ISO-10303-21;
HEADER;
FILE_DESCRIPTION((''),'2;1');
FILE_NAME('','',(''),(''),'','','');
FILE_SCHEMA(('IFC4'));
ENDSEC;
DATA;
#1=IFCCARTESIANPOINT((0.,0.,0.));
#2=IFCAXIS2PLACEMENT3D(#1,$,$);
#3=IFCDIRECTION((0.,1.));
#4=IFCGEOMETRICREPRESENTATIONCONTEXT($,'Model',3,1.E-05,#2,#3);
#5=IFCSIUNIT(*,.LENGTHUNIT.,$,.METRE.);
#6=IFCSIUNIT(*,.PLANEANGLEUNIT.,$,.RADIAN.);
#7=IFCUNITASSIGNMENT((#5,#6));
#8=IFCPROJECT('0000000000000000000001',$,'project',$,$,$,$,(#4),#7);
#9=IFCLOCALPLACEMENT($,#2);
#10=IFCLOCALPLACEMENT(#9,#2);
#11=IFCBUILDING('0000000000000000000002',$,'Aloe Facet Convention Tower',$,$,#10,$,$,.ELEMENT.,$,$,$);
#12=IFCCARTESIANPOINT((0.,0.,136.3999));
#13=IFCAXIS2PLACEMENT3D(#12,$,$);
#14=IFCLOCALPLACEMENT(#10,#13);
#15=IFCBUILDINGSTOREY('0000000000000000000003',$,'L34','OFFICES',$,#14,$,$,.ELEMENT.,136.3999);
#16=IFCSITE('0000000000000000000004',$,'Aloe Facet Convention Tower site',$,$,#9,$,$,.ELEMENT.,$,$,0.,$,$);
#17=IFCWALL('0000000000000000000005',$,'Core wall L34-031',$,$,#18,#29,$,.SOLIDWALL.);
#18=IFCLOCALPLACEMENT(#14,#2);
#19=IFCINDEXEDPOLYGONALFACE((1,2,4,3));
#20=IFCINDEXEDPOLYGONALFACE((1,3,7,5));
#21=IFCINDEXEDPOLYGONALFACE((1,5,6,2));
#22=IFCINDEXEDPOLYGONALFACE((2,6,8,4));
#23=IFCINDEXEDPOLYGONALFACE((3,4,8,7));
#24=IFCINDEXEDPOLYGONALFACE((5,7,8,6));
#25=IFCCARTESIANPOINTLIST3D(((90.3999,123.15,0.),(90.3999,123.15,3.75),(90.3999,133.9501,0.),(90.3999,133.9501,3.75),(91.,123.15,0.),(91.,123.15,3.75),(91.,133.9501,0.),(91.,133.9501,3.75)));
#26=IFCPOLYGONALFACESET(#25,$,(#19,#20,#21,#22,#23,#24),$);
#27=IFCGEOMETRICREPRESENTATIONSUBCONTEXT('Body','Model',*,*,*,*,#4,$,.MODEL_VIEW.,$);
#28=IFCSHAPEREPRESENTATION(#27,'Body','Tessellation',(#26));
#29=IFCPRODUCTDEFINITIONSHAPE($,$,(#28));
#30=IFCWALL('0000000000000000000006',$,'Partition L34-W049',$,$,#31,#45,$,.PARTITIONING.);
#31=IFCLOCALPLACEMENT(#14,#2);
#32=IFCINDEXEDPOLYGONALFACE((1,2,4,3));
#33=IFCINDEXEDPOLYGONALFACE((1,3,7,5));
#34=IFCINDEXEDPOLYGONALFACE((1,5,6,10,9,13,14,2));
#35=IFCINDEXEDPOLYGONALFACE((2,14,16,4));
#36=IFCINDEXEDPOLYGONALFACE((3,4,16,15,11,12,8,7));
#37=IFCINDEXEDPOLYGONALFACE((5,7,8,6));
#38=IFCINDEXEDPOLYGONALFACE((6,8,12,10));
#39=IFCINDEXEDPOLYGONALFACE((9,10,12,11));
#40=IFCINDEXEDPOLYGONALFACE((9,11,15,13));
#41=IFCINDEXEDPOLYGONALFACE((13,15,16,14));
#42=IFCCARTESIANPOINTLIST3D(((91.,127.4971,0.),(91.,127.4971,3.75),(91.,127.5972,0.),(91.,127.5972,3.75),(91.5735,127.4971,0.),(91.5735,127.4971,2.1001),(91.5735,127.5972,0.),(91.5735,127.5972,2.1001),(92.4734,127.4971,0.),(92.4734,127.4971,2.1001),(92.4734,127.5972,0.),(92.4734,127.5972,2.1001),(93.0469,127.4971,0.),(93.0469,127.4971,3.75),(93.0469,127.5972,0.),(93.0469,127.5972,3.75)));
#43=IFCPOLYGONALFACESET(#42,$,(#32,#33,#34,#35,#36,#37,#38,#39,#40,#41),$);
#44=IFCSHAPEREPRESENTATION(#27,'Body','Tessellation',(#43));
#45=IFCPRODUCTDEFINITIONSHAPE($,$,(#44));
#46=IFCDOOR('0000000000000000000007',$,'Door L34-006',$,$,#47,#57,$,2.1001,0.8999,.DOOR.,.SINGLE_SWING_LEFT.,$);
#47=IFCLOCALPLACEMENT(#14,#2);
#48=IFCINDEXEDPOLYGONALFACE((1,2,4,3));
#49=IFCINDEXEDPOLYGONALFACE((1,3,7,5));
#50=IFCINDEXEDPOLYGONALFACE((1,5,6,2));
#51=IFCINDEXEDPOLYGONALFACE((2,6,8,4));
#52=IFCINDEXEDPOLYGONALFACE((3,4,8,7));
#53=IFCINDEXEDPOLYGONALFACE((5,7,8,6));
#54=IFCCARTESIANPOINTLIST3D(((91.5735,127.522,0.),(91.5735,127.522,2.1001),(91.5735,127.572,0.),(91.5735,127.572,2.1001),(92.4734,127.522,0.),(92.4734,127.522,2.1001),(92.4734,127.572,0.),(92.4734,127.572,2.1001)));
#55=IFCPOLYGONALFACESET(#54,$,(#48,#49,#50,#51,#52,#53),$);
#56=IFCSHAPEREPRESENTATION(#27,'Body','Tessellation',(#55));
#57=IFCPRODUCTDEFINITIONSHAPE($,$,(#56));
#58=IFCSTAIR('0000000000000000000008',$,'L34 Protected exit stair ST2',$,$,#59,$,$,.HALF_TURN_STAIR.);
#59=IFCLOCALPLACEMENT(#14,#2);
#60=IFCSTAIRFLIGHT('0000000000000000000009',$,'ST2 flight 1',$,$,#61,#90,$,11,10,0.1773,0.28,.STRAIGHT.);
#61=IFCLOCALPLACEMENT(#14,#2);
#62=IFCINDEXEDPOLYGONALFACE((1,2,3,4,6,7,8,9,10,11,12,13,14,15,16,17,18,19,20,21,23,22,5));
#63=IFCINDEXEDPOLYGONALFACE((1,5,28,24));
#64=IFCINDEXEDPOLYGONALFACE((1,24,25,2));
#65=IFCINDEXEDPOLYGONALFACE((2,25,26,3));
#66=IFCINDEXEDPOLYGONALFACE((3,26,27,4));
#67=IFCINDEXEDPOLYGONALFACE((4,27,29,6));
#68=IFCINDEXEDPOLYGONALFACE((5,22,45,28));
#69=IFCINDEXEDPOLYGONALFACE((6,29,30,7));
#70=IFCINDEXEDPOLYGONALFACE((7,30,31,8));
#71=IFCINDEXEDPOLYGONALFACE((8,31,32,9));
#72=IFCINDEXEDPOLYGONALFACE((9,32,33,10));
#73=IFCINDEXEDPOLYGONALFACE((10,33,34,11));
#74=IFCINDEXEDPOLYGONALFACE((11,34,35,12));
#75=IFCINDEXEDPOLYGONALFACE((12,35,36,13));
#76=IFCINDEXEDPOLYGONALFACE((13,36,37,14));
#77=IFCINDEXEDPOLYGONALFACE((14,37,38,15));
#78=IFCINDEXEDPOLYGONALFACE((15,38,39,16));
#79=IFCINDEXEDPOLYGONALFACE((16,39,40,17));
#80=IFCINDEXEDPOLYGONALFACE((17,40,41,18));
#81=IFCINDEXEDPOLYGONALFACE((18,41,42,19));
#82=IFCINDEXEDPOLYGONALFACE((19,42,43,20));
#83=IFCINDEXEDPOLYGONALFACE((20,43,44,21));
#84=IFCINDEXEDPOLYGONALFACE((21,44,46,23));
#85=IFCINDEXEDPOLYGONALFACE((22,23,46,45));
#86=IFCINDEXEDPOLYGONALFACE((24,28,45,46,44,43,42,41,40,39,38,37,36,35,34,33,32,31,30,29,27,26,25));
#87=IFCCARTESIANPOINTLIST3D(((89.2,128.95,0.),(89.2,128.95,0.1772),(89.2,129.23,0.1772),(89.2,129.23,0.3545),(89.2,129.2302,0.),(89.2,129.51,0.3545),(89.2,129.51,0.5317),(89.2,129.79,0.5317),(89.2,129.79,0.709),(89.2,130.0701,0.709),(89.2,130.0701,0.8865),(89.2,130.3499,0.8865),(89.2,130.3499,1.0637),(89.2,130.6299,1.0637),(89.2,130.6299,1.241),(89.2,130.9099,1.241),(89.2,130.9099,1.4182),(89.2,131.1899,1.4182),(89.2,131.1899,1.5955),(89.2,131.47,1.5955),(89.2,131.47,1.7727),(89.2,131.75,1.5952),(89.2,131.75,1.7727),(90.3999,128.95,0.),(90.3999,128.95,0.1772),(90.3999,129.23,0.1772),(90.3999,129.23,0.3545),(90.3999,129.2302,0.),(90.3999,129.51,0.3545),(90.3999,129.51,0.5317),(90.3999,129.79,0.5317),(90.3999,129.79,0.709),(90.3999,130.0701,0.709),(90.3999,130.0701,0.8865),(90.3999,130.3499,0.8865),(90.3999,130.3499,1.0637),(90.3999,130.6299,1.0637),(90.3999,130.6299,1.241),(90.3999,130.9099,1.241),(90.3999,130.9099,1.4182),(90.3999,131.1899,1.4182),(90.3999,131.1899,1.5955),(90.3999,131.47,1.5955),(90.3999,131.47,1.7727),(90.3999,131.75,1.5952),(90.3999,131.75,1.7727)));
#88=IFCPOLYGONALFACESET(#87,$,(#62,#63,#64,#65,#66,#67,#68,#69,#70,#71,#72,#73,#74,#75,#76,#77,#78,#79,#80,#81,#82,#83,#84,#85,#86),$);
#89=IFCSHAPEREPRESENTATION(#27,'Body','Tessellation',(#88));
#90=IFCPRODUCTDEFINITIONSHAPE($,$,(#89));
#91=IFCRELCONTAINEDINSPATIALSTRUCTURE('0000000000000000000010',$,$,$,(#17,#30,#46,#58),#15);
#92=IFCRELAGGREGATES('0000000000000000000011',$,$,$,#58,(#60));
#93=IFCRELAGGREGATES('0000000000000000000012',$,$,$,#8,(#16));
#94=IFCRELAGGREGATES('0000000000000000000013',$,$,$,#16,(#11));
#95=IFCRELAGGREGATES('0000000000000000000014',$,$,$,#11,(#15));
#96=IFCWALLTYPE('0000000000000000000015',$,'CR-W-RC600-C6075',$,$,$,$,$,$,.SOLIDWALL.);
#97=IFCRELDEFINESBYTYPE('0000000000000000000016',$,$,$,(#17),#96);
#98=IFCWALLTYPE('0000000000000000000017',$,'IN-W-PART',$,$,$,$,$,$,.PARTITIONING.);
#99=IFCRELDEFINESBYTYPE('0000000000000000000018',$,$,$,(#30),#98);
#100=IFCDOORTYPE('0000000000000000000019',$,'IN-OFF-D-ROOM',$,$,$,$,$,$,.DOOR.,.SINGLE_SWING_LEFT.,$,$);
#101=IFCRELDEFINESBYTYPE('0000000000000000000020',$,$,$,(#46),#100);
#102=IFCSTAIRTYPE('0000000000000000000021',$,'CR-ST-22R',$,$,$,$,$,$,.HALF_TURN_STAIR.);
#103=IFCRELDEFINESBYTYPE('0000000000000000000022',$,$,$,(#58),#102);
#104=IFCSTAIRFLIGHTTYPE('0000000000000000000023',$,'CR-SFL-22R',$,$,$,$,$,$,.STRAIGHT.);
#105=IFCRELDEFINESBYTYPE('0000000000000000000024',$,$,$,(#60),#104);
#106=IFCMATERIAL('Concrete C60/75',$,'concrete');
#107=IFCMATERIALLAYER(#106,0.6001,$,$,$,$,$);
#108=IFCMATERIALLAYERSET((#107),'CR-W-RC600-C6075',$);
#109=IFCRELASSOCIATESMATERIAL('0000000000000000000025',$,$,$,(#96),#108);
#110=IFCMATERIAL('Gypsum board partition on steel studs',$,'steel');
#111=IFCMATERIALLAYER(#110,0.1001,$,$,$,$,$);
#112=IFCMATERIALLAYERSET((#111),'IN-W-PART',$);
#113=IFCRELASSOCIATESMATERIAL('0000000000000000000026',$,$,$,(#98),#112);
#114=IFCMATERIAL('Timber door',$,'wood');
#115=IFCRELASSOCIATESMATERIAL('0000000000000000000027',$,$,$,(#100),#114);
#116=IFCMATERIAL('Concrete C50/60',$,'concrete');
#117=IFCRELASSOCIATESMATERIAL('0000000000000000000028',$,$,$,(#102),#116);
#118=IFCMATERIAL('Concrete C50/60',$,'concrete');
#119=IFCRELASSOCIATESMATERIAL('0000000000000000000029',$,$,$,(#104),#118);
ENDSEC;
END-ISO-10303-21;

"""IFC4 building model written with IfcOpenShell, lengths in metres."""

from ifc_helpers import new_model, si_unit, direction, frame, frame_2d, origin, place, context, subcontext, project, spatial, polyline, rectangle, outline, extrude, material, layer, layer_set, type_object, element, fill, aggregate, save


model = new_model("IFC4")

# Units and contexts
model_context = context("Model", 3, precision=1e-05, world=origin(), true_north=direction((0.0, 1.0)))
body_context = subcontext(model_context, "Body", "Model", "MODEL_VIEW")
ifc_project = project(units=[si_unit("LENGTHUNIT", "METRE"), si_unit("PLANEANGLEUNIT", "RADIAN")], contexts=[model_context])

# Site, building, storey
site_placement = place(None, origin())
site = spatial("IfcSite", under=ifc_project, at=site_placement, Name="Aloe Facet Convention Tower site", CompositionType="ELEMENT", RefElevation=0.0)
building_placement = place(site_placement, origin())
building = spatial("IfcBuilding", under=site, at=building_placement, Name="Aloe Facet Convention Tower", CompositionType="ELEMENT")
storey_placement = place(building_placement, frame((0.0, 0.0, 136.3999)))
storey = spatial("IfcBuildingStorey", under=building, at=storey_placement, Name="L34", Description="OFFICES", CompositionType="ELEMENT", Elevation=136.3999)

# Wall
ifc_material_1 = material(Name="Concrete C60/75", Category="concrete")
ifc_layer_1 = layer(ifc_material_1, 0.6001)
ifc_layer_set_1 = layer_set([ifc_layer_1], Name="CR-W-RC600-C6075")
wall_type_1 = type_object("IfcWallType", Name="CR-W-RC600-C6075", PredefinedType="SOLIDWALL", material=ifc_layer_set_1)
wall_1_placement = place(storey_placement, frame((90.7, 133.95, 0.0), z_axis=(0.0, 0.0, 1.0), x_axis=(0.0, -1.0, 0.0)))
element("IfcWall", 1, at=wall_1_placement, inside=storey, type_object=wall_type_1, Name="Core wall L34-031", PredefinedType="SOLIDWALL", context=body_context, shape_type="SweptSolid", body=[
    extrude(rectangle(XDim=10.8, YDim=0.6001, at=frame_2d((5.3999, 0.0))), origin(), (0.0, 0.0, 1.0), 3.75),
])

# Wall, opening, door
ifc_material_2 = material(Name="Gypsum board partition on steel studs", Category="steel")
ifc_layer_2 = layer(ifc_material_2, 0.1001)
ifc_layer_set_2 = layer_set([ifc_layer_2], Name="IN-W-PART")
wall_type_2 = type_object("IfcWallType", Name="IN-W-PART", PredefinedType="PARTITIONING", material=ifc_layer_set_2)
wall_2_placement = place(storey_placement, frame((91.0, 127.5471, 0.0), z_axis=(0.0, 0.0, 1.0), x_axis=(1.0, 0.0, 0.0)))
wall_2 = element("IfcWall", 2, at=wall_2_placement, inside=storey, type_object=wall_type_2, Name="Partition L34-W049", PredefinedType="PARTITIONING", context=body_context, shape_type="SweptSolid", body=[
    extrude(rectangle(XDim=2.0469, YDim=0.1001, at=frame_2d((1.0234, 0.0))), origin(), (0.0, 0.0, 1.0), 3.75),
])
opening_placement = place(wall_2_placement, frame((0.5735, 0.0, 0.0)))
opening = element("IfcOpeningElement", 3, at=opening_placement, cuts=wall_2, PredefinedType="OPENING", context=body_context, shape_type="SweptSolid", body=[
    extrude(rectangle(XDim=0.8999, YDim=2.1001, at=frame_2d((0.45, 1.05))), frame((0.0, 0.0601, 0.0), z_axis=(0.0, -1.0, 0.0), x_axis=(1.0, 0.0, 0.0)), (0.0, 0.0, 1.0), 0.1201),
])
ifc_material_3 = material(Name="Timber door", Category="wood")
door_type = type_object("IfcDoorType", Name="IN-OFF-D-ROOM", OperationType="SINGLE_SWING_LEFT", PredefinedType="DOOR", material=ifc_material_3)
door_placement = place(opening_placement, origin())
door = element("IfcDoor", 4, at=door_placement, inside=storey, type_object=door_type, Name="Door L34-006", OperationType="SINGLE_SWING_LEFT", OverallHeight=2.1001, OverallWidth=0.8999, PredefinedType="DOOR", context=body_context, shape_type="SweptSolid", body=[
    extrude(rectangle(XDim=0.8999, YDim=2.1001, at=frame_2d((0.45, 1.05))), frame((0.0, 0.0249, 0.0), z_axis=(0.0, -1.0, 0.0), x_axis=(1.0, 0.0, 0.0)), (0.0, 0.0, 1.0), 0.05),
])
fill(opening, door)

# Stair, stair flight
ifc_material_4 = material(Name="Concrete C50/60", Category="concrete")
stair_type = type_object("IfcStairType", Name="CR-ST-22R", PredefinedType="HALF_TURN_STAIR", material=ifc_material_4)
stair_placement = place(storey_placement, origin())
stair = element("IfcStair", 5, at=stair_placement, inside=storey, type_object=stair_type, Name="L34 Protected exit stair ST2", PredefinedType="HALF_TURN_STAIR")
ifc_material_5 = material(Name="Concrete C50/60", Category="concrete")
stair_flight_type = type_object("IfcStairFlightType", Name="CR-SFL-22R", PredefinedType="STRAIGHT", material=ifc_material_5)
stair_flight_placement = place(storey_placement, frame((89.8, 128.95, 0.0), z_axis=(0.0, 0.0, 1.0), x_axis=(0.0, 1.0, 0.0)))
stair_flight = element("IfcStairFlight", 6, at=stair_flight_placement, type_object=stair_flight_type, Name="ST2 flight 1", NumberOfRisers=11, NumberOfTreads=10, PredefinedType="STRAIGHT", RiserHeight=0.1773, TreadLength=0.28, context=body_context, shape_type="SweptSolid", body=[
    extrude(outline(polyline([(0.0, 0.0), (0.0, 0.1772), (0.28, 0.1772), (0.28, 0.3545), (0.5601, 0.3545), (0.5601, 0.5317), (0.8401, 0.5317), (0.8401, 0.709), (1.1201, 0.709), (1.1201, 0.8865), (1.3999, 0.8865), (1.3999, 1.0637), (1.6799, 1.0637), (1.6799, 1.241), (1.96, 1.241), (1.96, 1.4182), (2.24, 1.4182), (2.24, 1.5955), (2.52, 1.5955), (2.52, 1.7727), (2.8, 1.7727), (2.8, 1.95), (2.8, 1.5952), (0.2803, 0.0), (0.0, 0.0)])), frame((0.0, 0.6001, 0.0), z_axis=(0.0, -1.0, 0.0), x_axis=(1.0, 0.0, 0.0)), (0.0, 0.0, 1.0), 1.2),
])
aggregate(stair, [stair_flight])

save(model, "model.ifc")
